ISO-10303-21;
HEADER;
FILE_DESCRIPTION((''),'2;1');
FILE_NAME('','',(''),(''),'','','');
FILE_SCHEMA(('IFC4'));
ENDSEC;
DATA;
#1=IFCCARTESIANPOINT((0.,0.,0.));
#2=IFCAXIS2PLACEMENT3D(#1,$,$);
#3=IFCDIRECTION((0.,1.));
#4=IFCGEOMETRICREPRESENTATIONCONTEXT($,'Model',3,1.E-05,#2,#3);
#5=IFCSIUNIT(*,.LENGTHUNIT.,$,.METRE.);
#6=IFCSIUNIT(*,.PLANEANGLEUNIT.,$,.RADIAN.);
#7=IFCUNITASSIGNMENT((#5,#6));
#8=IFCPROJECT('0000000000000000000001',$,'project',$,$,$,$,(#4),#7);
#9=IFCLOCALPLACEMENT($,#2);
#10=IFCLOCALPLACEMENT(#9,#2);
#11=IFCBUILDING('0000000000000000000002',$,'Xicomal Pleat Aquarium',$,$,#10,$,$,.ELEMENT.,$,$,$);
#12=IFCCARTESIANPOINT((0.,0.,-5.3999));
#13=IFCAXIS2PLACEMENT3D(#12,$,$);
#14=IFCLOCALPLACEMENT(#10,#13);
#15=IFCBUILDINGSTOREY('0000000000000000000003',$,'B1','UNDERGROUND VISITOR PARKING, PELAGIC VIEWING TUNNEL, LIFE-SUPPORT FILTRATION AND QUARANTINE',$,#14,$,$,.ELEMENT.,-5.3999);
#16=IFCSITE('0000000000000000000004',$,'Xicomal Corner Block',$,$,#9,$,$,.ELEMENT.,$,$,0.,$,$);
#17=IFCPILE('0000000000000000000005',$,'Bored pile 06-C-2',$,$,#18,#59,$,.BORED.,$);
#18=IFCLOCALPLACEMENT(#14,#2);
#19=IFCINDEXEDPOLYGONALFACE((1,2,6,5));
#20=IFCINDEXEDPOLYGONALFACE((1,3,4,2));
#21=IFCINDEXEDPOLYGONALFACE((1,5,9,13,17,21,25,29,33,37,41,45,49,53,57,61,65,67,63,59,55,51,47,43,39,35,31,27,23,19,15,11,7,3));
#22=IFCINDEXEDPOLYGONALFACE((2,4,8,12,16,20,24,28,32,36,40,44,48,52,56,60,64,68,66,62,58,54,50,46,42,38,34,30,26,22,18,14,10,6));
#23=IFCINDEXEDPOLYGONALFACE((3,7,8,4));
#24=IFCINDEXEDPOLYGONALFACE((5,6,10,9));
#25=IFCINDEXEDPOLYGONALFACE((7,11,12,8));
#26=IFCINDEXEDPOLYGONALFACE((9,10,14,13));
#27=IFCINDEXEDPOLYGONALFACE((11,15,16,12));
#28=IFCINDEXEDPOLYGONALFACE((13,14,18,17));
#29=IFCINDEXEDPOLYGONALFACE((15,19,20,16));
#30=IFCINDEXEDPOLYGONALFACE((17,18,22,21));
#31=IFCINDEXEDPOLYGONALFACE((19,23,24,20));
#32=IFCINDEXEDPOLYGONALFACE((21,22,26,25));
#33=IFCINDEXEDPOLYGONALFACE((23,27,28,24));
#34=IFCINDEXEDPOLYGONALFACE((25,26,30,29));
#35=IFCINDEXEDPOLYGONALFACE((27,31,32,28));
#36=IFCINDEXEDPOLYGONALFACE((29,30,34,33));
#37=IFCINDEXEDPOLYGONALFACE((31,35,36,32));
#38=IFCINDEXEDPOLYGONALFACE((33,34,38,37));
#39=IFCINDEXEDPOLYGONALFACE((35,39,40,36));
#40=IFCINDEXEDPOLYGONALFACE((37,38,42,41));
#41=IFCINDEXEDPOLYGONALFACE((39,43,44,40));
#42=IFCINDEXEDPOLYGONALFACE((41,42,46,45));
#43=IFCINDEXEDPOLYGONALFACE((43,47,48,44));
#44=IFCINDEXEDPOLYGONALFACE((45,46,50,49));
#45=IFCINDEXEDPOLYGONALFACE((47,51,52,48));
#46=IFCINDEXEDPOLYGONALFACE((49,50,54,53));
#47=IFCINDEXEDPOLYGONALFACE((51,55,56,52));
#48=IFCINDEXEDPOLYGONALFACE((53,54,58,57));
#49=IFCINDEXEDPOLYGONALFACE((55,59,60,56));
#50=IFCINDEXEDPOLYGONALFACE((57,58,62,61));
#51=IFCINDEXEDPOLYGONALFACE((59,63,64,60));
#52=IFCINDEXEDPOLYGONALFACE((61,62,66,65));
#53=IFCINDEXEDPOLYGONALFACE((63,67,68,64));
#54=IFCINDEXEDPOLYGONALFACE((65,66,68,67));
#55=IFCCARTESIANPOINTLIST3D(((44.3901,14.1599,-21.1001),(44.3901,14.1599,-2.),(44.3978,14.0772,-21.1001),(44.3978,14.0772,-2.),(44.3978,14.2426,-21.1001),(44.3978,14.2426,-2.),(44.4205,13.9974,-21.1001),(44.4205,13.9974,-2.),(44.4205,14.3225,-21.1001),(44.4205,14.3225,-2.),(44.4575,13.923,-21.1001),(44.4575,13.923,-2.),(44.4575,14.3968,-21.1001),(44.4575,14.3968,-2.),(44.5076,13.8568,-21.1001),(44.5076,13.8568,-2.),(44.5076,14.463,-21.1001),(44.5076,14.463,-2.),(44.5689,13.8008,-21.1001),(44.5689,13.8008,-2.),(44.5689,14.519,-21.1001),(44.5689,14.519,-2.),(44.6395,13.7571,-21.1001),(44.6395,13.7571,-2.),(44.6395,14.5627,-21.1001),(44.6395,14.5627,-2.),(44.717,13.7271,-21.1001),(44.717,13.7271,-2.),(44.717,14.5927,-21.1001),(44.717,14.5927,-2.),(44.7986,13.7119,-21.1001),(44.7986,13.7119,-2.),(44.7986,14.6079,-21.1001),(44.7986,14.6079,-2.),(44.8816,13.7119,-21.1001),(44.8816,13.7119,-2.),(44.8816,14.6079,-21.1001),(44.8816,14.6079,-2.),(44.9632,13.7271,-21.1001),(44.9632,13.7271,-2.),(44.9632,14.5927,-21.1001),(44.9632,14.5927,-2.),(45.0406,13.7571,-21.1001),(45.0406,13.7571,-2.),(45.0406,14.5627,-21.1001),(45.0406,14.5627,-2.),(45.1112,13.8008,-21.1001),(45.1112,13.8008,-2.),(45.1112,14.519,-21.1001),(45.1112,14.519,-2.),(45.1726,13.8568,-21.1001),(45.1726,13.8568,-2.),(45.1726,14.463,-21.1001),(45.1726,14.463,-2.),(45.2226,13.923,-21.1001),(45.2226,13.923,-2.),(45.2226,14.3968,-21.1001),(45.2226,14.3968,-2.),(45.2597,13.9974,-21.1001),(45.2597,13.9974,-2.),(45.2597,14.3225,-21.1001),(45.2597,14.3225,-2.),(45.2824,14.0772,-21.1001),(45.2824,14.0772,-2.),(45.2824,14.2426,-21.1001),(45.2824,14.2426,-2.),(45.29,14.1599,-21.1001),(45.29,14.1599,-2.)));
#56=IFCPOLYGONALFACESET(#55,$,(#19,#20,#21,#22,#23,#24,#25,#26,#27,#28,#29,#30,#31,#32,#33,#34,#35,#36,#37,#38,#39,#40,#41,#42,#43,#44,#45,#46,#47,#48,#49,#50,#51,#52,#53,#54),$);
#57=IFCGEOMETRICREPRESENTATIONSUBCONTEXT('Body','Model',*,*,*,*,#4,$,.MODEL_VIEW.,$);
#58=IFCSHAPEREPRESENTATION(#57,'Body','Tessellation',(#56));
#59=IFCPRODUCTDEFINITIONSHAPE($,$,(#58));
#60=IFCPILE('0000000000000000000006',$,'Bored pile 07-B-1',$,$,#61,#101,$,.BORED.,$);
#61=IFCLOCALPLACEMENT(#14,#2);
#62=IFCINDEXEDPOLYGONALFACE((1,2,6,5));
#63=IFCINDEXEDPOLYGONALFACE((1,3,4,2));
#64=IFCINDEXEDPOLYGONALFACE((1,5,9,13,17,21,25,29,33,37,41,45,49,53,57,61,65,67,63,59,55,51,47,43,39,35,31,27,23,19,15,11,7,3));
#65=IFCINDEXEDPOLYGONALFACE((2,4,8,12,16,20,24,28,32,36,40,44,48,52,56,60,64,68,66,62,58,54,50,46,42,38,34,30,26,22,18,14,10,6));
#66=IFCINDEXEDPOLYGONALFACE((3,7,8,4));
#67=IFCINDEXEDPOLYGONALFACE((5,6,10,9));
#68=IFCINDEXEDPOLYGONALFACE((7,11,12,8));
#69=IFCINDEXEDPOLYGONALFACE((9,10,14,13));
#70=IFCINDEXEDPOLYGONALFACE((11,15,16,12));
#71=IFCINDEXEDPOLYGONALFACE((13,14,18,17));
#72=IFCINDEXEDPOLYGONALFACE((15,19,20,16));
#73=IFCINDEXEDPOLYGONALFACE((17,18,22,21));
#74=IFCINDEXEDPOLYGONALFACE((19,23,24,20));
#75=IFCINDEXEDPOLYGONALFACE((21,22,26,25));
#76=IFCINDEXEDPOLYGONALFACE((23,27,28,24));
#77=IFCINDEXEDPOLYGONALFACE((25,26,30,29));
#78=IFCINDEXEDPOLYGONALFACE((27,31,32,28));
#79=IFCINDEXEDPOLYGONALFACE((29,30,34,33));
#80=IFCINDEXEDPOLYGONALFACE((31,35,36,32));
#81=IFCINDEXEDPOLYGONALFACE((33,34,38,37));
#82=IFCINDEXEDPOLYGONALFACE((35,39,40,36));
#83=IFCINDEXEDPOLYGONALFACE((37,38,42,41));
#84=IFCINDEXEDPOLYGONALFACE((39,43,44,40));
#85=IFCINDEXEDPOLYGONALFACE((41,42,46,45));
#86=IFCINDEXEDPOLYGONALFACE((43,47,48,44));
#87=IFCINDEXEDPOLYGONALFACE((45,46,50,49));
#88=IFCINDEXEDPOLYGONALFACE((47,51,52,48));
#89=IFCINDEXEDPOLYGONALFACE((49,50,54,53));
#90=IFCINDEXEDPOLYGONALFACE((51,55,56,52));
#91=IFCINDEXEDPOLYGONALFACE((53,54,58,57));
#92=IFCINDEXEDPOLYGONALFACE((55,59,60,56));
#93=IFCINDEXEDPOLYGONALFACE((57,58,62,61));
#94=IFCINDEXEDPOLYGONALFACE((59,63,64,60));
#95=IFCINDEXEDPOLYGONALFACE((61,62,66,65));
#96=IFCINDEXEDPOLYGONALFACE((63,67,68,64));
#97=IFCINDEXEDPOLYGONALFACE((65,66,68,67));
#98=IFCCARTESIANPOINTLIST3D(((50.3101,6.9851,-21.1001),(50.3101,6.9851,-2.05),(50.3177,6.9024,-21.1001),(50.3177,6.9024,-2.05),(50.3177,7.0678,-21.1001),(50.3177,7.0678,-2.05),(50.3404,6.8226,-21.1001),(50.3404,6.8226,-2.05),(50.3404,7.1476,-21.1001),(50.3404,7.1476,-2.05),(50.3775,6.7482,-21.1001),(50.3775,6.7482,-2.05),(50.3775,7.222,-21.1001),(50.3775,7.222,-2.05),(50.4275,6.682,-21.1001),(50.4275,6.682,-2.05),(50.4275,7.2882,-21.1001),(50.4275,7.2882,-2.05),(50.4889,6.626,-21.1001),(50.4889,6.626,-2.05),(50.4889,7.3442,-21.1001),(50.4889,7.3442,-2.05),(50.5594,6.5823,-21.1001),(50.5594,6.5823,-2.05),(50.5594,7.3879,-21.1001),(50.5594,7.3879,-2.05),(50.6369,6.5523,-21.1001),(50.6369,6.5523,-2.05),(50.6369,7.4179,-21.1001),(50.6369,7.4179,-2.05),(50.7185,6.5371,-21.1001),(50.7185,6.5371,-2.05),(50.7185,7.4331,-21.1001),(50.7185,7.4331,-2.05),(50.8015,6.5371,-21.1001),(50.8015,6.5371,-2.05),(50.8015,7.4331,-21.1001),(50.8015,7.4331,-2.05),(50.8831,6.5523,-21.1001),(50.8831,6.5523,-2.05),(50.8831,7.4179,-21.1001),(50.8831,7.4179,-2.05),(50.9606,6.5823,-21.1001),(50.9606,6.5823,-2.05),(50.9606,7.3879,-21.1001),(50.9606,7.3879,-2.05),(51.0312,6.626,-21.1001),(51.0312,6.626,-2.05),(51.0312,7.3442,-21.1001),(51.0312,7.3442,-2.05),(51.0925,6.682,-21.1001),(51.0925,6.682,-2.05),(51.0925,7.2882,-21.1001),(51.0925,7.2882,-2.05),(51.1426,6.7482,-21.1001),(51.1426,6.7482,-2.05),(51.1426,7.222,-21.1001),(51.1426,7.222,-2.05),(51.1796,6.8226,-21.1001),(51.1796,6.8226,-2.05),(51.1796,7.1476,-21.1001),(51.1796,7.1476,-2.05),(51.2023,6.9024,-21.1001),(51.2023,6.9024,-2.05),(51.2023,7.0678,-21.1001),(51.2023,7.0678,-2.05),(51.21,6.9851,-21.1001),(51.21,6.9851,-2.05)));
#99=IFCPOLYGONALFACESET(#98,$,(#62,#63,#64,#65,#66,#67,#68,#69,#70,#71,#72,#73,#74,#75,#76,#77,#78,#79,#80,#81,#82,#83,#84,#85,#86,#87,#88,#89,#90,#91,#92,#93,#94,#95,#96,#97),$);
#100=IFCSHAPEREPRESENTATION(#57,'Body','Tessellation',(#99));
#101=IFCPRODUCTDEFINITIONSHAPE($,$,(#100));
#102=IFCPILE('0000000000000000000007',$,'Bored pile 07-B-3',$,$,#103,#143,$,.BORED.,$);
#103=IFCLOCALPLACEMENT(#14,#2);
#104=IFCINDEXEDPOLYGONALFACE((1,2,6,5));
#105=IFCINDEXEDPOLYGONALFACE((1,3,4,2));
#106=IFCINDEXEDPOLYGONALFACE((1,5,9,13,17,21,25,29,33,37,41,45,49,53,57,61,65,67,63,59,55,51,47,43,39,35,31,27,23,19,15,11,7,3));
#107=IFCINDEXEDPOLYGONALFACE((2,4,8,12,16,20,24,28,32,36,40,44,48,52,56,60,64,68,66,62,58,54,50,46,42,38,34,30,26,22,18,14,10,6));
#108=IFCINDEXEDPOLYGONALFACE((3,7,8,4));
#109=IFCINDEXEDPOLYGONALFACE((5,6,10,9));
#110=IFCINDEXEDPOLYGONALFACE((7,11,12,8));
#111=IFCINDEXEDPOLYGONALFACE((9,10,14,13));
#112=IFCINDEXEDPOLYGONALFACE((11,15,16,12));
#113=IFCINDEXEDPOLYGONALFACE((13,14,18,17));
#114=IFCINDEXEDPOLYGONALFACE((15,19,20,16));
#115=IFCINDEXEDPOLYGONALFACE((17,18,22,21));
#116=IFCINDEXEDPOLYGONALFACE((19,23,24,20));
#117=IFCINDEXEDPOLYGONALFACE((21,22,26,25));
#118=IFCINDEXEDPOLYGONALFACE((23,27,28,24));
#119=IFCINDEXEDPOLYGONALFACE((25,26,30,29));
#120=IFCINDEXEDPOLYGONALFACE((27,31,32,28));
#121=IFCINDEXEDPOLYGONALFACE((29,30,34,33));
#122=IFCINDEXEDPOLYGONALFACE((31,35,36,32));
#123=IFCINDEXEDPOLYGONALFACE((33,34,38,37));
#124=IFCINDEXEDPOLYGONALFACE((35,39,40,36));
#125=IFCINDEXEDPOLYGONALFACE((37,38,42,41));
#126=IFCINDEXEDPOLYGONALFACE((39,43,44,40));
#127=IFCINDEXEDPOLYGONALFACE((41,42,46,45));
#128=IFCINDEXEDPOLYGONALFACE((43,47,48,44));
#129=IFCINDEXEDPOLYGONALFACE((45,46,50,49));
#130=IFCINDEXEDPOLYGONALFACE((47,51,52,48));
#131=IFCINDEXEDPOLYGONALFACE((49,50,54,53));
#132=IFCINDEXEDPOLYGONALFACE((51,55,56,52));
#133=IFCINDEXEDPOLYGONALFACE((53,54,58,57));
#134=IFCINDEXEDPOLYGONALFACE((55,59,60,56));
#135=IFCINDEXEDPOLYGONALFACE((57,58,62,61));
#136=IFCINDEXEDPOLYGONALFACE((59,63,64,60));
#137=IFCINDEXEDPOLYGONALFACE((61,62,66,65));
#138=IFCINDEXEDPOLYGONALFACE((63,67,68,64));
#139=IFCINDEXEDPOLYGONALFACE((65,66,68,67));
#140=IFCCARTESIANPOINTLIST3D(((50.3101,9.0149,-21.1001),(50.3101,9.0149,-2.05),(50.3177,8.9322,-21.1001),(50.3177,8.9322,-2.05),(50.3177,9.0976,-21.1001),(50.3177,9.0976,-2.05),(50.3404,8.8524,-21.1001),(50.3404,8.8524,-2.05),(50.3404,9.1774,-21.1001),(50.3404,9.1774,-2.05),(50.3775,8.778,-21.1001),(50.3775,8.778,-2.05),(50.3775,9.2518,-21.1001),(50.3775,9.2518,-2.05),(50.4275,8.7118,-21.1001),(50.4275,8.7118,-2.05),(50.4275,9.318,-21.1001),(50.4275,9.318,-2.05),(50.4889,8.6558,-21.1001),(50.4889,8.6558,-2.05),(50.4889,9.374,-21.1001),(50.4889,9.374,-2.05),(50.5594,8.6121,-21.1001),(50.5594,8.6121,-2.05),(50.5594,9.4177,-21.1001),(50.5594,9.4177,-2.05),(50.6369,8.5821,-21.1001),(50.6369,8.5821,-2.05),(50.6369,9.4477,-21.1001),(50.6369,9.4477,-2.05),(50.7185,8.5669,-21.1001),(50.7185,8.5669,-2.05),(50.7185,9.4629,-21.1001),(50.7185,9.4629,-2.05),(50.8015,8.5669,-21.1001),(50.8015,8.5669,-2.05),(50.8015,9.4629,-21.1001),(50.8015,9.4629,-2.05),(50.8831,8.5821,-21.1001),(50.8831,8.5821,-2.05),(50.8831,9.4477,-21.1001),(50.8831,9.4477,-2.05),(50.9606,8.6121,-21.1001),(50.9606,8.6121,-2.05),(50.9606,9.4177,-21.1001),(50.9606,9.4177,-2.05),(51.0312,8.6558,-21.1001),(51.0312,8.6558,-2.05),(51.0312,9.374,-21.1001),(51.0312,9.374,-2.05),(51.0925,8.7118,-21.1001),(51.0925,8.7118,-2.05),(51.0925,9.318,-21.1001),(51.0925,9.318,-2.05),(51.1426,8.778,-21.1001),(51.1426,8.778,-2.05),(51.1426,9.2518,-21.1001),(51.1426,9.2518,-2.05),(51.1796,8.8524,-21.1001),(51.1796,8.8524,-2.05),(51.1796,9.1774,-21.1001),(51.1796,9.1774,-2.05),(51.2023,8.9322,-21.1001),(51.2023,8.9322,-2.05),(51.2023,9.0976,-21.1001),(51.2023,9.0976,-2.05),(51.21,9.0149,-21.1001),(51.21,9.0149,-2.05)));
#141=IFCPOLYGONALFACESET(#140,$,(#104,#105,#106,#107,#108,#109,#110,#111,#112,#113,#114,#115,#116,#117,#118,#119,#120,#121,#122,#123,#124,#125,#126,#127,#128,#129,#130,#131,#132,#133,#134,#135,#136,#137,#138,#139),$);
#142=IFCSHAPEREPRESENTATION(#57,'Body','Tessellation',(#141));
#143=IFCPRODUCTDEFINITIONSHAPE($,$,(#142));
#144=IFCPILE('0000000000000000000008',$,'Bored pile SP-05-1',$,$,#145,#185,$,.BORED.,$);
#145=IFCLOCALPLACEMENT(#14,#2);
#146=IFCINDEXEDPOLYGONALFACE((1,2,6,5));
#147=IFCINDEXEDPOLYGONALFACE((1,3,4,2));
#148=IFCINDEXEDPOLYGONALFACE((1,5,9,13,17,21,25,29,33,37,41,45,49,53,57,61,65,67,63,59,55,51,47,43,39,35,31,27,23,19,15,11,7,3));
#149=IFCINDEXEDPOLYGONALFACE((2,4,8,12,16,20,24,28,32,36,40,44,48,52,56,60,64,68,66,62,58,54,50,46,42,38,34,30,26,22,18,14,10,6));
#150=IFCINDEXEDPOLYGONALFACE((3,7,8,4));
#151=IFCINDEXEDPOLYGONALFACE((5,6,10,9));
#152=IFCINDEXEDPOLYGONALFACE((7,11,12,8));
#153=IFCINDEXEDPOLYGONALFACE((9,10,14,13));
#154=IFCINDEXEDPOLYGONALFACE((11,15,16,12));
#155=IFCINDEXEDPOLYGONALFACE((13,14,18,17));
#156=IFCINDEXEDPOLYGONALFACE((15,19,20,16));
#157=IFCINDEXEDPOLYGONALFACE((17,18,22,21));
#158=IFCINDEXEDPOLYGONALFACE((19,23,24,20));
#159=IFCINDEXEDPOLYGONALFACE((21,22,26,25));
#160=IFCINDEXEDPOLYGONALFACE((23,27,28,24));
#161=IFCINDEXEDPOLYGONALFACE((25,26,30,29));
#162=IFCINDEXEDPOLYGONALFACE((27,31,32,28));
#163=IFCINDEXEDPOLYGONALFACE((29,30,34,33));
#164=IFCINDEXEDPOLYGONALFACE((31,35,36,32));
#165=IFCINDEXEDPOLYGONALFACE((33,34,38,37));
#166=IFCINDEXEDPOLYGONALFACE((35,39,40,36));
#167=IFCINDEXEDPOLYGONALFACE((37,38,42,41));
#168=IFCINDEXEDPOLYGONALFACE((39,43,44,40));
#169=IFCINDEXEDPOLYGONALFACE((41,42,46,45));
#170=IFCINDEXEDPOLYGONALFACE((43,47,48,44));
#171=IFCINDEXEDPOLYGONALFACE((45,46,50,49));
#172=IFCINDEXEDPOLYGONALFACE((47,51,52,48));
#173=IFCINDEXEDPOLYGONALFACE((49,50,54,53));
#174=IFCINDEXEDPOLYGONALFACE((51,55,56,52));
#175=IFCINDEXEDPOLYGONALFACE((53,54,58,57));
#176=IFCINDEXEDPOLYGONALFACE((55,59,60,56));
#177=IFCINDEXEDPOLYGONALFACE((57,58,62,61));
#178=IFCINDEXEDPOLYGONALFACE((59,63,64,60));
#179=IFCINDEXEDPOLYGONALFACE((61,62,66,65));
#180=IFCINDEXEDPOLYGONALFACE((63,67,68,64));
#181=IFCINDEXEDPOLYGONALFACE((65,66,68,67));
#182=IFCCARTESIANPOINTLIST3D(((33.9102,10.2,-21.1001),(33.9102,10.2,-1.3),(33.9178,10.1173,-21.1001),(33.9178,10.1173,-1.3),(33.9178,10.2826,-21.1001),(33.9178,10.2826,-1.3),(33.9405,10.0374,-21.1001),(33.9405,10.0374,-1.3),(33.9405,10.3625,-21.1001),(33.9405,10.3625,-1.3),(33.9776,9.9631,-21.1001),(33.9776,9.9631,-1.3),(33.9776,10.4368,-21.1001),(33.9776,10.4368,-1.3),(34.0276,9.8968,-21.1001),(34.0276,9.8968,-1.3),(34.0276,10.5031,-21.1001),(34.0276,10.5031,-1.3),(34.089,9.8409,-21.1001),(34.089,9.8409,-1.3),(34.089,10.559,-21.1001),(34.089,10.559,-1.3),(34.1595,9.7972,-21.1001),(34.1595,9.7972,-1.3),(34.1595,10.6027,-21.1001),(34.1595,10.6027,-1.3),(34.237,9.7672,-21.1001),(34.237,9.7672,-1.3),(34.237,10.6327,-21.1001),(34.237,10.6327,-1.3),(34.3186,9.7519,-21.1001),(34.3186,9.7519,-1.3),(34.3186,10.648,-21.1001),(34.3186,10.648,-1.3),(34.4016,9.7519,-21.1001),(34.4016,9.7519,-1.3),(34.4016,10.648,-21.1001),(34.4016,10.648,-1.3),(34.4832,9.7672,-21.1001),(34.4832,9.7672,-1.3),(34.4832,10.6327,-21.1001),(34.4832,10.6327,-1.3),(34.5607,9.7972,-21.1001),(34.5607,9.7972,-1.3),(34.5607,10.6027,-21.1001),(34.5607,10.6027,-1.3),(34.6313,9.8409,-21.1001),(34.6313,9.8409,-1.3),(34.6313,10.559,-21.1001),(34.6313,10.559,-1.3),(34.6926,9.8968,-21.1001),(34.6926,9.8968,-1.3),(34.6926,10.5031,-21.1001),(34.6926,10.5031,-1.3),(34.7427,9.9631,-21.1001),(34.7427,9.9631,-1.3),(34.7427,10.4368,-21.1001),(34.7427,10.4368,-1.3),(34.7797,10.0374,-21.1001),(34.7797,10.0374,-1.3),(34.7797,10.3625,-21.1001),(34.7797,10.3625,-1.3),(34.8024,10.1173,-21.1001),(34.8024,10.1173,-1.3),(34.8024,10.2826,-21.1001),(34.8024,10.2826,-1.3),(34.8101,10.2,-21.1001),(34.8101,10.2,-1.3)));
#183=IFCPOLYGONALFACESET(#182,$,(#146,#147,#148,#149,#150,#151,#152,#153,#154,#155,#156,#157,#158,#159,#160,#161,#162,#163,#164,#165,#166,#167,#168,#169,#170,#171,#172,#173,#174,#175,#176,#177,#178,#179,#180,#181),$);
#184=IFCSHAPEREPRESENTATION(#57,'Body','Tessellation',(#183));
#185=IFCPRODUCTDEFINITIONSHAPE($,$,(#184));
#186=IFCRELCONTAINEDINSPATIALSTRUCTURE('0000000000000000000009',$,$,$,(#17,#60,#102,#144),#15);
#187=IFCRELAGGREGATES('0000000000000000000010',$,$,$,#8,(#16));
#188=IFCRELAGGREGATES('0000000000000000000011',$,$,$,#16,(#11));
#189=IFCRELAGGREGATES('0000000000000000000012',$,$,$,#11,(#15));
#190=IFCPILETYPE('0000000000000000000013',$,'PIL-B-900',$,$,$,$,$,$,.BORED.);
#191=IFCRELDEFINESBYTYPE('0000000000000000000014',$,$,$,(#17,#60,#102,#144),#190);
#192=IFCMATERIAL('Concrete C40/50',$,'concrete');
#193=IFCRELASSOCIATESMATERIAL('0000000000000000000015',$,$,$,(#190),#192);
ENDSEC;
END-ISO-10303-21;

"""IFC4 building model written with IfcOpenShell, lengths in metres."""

from ifc_helpers import new_model, si_unit, direction, frame, origin, origin_2d, place, context, subcontext, project, spatial, circle, extrude, material, material_profile, profile_set, type_object, element, save


model = new_model("IFC4")

# Units and contexts
model_context = context("Model", 3, precision=1e-05, world=origin(), true_north=direction((0.0, 1.0)))
body_context = subcontext(model_context, "Body", "Model", "MODEL_VIEW")
ifc_project = project(units=[si_unit("LENGTHUNIT", "METRE"), si_unit("PLANEANGLEUNIT", "RADIAN")], contexts=[model_context])

# Site, building, storey
site_placement = place(None, origin())
site = spatial("IfcSite", under=ifc_project, at=site_placement, Name="Xicomal Corner Block", CompositionType="ELEMENT", RefElevation=0.0)
building_placement = place(site_placement, origin())
building = spatial("IfcBuilding", under=site, at=building_placement, Name="Xicomal Pleat Aquarium", CompositionType="ELEMENT")
storey_placement = place(building_placement, frame((0.0, 0.0, -5.3999)))
storey = spatial("IfcBuildingStorey", under=building, at=storey_placement, Name="B1", Description="UNDERGROUND VISITOR PARKING, PELAGIC VIEWING TUNNEL, LIFE-SUPPORT FILTRATION AND QUARANTINE", CompositionType="ELEMENT", Elevation=-5.3999)

# Piles
ifc_material_1 = material(Name="Concrete C40/50", Category="concrete")
ifc_material_profile_1 = material_profile(ifc_material_1, circle(Radius=0.45, at=origin_2d()), Name="BORED PILE D900")
ifc_profile_set_1 = profile_set([ifc_material_profile_1], Name="Concrete C40/50")
pile_type_1 = type_object("IfcPileType", Name="PIL-B-900", PredefinedType="BORED", material=ifc_profile_set_1)
for number, where, z_axis, x_axis, name in (
    (1, (44.8401, 14.1599, -2.0), (0.0, 0.0, -1.0), (1.0, 0.0, 0.0), "Bored pile 06-C-2"),
):
    element("IfcPile", number, at=place(storey_placement, frame(where, z_axis=z_axis, x_axis=x_axis)), inside=storey, type_object=pile_type_1, Name=name, PredefinedType="BORED", context=body_context, shape_type="SweptSolid", body=[
        extrude(circle(Radius=0.45, at=origin_2d()), origin(), (0.0, 0.0, 1.0), 19.1001),
    ])
for number, where, z_axis, x_axis, name in (
    (2, (50.76, 6.9851, -2.05), (0.0, 0.0, -1.0), (1.0, 0.0, 0.0), "Bored pile 07-B-1"),
    (3, (50.76, 9.0149, -2.05), (0.0, 0.0, -1.0), (1.0, 0.0, 0.0), "Bored pile 07-B-3"),
):
    element("IfcPile", number, at=place(storey_placement, frame(where, z_axis=z_axis, x_axis=x_axis)), inside=storey, type_object=pile_type_1, Name=name, PredefinedType="BORED", context=body_context, shape_type="SweptSolid", body=[
        extrude(circle(Radius=0.45, at=origin_2d()), origin(), (0.0, 0.0, 1.0), 19.05),
    ])
for number, where, z_axis, x_axis, name in (
    (4, (34.3601, 10.2, -1.3), (0.0, 0.0, -1.0), (1.0, 0.0, 0.0), "Bored pile SP-05-1"),
):
    element("IfcPile", number, at=place(storey_placement, frame(where, z_axis=z_axis, x_axis=x_axis)), inside=storey, type_object=pile_type_1, Name=name, PredefinedType="BORED", context=body_context, shape_type="SweptSolid", body=[
        extrude(circle(Radius=0.45, at=origin_2d()), origin(), (0.0, 0.0, 1.0), 19.8),
    ])

save(model, "model.ifc")
